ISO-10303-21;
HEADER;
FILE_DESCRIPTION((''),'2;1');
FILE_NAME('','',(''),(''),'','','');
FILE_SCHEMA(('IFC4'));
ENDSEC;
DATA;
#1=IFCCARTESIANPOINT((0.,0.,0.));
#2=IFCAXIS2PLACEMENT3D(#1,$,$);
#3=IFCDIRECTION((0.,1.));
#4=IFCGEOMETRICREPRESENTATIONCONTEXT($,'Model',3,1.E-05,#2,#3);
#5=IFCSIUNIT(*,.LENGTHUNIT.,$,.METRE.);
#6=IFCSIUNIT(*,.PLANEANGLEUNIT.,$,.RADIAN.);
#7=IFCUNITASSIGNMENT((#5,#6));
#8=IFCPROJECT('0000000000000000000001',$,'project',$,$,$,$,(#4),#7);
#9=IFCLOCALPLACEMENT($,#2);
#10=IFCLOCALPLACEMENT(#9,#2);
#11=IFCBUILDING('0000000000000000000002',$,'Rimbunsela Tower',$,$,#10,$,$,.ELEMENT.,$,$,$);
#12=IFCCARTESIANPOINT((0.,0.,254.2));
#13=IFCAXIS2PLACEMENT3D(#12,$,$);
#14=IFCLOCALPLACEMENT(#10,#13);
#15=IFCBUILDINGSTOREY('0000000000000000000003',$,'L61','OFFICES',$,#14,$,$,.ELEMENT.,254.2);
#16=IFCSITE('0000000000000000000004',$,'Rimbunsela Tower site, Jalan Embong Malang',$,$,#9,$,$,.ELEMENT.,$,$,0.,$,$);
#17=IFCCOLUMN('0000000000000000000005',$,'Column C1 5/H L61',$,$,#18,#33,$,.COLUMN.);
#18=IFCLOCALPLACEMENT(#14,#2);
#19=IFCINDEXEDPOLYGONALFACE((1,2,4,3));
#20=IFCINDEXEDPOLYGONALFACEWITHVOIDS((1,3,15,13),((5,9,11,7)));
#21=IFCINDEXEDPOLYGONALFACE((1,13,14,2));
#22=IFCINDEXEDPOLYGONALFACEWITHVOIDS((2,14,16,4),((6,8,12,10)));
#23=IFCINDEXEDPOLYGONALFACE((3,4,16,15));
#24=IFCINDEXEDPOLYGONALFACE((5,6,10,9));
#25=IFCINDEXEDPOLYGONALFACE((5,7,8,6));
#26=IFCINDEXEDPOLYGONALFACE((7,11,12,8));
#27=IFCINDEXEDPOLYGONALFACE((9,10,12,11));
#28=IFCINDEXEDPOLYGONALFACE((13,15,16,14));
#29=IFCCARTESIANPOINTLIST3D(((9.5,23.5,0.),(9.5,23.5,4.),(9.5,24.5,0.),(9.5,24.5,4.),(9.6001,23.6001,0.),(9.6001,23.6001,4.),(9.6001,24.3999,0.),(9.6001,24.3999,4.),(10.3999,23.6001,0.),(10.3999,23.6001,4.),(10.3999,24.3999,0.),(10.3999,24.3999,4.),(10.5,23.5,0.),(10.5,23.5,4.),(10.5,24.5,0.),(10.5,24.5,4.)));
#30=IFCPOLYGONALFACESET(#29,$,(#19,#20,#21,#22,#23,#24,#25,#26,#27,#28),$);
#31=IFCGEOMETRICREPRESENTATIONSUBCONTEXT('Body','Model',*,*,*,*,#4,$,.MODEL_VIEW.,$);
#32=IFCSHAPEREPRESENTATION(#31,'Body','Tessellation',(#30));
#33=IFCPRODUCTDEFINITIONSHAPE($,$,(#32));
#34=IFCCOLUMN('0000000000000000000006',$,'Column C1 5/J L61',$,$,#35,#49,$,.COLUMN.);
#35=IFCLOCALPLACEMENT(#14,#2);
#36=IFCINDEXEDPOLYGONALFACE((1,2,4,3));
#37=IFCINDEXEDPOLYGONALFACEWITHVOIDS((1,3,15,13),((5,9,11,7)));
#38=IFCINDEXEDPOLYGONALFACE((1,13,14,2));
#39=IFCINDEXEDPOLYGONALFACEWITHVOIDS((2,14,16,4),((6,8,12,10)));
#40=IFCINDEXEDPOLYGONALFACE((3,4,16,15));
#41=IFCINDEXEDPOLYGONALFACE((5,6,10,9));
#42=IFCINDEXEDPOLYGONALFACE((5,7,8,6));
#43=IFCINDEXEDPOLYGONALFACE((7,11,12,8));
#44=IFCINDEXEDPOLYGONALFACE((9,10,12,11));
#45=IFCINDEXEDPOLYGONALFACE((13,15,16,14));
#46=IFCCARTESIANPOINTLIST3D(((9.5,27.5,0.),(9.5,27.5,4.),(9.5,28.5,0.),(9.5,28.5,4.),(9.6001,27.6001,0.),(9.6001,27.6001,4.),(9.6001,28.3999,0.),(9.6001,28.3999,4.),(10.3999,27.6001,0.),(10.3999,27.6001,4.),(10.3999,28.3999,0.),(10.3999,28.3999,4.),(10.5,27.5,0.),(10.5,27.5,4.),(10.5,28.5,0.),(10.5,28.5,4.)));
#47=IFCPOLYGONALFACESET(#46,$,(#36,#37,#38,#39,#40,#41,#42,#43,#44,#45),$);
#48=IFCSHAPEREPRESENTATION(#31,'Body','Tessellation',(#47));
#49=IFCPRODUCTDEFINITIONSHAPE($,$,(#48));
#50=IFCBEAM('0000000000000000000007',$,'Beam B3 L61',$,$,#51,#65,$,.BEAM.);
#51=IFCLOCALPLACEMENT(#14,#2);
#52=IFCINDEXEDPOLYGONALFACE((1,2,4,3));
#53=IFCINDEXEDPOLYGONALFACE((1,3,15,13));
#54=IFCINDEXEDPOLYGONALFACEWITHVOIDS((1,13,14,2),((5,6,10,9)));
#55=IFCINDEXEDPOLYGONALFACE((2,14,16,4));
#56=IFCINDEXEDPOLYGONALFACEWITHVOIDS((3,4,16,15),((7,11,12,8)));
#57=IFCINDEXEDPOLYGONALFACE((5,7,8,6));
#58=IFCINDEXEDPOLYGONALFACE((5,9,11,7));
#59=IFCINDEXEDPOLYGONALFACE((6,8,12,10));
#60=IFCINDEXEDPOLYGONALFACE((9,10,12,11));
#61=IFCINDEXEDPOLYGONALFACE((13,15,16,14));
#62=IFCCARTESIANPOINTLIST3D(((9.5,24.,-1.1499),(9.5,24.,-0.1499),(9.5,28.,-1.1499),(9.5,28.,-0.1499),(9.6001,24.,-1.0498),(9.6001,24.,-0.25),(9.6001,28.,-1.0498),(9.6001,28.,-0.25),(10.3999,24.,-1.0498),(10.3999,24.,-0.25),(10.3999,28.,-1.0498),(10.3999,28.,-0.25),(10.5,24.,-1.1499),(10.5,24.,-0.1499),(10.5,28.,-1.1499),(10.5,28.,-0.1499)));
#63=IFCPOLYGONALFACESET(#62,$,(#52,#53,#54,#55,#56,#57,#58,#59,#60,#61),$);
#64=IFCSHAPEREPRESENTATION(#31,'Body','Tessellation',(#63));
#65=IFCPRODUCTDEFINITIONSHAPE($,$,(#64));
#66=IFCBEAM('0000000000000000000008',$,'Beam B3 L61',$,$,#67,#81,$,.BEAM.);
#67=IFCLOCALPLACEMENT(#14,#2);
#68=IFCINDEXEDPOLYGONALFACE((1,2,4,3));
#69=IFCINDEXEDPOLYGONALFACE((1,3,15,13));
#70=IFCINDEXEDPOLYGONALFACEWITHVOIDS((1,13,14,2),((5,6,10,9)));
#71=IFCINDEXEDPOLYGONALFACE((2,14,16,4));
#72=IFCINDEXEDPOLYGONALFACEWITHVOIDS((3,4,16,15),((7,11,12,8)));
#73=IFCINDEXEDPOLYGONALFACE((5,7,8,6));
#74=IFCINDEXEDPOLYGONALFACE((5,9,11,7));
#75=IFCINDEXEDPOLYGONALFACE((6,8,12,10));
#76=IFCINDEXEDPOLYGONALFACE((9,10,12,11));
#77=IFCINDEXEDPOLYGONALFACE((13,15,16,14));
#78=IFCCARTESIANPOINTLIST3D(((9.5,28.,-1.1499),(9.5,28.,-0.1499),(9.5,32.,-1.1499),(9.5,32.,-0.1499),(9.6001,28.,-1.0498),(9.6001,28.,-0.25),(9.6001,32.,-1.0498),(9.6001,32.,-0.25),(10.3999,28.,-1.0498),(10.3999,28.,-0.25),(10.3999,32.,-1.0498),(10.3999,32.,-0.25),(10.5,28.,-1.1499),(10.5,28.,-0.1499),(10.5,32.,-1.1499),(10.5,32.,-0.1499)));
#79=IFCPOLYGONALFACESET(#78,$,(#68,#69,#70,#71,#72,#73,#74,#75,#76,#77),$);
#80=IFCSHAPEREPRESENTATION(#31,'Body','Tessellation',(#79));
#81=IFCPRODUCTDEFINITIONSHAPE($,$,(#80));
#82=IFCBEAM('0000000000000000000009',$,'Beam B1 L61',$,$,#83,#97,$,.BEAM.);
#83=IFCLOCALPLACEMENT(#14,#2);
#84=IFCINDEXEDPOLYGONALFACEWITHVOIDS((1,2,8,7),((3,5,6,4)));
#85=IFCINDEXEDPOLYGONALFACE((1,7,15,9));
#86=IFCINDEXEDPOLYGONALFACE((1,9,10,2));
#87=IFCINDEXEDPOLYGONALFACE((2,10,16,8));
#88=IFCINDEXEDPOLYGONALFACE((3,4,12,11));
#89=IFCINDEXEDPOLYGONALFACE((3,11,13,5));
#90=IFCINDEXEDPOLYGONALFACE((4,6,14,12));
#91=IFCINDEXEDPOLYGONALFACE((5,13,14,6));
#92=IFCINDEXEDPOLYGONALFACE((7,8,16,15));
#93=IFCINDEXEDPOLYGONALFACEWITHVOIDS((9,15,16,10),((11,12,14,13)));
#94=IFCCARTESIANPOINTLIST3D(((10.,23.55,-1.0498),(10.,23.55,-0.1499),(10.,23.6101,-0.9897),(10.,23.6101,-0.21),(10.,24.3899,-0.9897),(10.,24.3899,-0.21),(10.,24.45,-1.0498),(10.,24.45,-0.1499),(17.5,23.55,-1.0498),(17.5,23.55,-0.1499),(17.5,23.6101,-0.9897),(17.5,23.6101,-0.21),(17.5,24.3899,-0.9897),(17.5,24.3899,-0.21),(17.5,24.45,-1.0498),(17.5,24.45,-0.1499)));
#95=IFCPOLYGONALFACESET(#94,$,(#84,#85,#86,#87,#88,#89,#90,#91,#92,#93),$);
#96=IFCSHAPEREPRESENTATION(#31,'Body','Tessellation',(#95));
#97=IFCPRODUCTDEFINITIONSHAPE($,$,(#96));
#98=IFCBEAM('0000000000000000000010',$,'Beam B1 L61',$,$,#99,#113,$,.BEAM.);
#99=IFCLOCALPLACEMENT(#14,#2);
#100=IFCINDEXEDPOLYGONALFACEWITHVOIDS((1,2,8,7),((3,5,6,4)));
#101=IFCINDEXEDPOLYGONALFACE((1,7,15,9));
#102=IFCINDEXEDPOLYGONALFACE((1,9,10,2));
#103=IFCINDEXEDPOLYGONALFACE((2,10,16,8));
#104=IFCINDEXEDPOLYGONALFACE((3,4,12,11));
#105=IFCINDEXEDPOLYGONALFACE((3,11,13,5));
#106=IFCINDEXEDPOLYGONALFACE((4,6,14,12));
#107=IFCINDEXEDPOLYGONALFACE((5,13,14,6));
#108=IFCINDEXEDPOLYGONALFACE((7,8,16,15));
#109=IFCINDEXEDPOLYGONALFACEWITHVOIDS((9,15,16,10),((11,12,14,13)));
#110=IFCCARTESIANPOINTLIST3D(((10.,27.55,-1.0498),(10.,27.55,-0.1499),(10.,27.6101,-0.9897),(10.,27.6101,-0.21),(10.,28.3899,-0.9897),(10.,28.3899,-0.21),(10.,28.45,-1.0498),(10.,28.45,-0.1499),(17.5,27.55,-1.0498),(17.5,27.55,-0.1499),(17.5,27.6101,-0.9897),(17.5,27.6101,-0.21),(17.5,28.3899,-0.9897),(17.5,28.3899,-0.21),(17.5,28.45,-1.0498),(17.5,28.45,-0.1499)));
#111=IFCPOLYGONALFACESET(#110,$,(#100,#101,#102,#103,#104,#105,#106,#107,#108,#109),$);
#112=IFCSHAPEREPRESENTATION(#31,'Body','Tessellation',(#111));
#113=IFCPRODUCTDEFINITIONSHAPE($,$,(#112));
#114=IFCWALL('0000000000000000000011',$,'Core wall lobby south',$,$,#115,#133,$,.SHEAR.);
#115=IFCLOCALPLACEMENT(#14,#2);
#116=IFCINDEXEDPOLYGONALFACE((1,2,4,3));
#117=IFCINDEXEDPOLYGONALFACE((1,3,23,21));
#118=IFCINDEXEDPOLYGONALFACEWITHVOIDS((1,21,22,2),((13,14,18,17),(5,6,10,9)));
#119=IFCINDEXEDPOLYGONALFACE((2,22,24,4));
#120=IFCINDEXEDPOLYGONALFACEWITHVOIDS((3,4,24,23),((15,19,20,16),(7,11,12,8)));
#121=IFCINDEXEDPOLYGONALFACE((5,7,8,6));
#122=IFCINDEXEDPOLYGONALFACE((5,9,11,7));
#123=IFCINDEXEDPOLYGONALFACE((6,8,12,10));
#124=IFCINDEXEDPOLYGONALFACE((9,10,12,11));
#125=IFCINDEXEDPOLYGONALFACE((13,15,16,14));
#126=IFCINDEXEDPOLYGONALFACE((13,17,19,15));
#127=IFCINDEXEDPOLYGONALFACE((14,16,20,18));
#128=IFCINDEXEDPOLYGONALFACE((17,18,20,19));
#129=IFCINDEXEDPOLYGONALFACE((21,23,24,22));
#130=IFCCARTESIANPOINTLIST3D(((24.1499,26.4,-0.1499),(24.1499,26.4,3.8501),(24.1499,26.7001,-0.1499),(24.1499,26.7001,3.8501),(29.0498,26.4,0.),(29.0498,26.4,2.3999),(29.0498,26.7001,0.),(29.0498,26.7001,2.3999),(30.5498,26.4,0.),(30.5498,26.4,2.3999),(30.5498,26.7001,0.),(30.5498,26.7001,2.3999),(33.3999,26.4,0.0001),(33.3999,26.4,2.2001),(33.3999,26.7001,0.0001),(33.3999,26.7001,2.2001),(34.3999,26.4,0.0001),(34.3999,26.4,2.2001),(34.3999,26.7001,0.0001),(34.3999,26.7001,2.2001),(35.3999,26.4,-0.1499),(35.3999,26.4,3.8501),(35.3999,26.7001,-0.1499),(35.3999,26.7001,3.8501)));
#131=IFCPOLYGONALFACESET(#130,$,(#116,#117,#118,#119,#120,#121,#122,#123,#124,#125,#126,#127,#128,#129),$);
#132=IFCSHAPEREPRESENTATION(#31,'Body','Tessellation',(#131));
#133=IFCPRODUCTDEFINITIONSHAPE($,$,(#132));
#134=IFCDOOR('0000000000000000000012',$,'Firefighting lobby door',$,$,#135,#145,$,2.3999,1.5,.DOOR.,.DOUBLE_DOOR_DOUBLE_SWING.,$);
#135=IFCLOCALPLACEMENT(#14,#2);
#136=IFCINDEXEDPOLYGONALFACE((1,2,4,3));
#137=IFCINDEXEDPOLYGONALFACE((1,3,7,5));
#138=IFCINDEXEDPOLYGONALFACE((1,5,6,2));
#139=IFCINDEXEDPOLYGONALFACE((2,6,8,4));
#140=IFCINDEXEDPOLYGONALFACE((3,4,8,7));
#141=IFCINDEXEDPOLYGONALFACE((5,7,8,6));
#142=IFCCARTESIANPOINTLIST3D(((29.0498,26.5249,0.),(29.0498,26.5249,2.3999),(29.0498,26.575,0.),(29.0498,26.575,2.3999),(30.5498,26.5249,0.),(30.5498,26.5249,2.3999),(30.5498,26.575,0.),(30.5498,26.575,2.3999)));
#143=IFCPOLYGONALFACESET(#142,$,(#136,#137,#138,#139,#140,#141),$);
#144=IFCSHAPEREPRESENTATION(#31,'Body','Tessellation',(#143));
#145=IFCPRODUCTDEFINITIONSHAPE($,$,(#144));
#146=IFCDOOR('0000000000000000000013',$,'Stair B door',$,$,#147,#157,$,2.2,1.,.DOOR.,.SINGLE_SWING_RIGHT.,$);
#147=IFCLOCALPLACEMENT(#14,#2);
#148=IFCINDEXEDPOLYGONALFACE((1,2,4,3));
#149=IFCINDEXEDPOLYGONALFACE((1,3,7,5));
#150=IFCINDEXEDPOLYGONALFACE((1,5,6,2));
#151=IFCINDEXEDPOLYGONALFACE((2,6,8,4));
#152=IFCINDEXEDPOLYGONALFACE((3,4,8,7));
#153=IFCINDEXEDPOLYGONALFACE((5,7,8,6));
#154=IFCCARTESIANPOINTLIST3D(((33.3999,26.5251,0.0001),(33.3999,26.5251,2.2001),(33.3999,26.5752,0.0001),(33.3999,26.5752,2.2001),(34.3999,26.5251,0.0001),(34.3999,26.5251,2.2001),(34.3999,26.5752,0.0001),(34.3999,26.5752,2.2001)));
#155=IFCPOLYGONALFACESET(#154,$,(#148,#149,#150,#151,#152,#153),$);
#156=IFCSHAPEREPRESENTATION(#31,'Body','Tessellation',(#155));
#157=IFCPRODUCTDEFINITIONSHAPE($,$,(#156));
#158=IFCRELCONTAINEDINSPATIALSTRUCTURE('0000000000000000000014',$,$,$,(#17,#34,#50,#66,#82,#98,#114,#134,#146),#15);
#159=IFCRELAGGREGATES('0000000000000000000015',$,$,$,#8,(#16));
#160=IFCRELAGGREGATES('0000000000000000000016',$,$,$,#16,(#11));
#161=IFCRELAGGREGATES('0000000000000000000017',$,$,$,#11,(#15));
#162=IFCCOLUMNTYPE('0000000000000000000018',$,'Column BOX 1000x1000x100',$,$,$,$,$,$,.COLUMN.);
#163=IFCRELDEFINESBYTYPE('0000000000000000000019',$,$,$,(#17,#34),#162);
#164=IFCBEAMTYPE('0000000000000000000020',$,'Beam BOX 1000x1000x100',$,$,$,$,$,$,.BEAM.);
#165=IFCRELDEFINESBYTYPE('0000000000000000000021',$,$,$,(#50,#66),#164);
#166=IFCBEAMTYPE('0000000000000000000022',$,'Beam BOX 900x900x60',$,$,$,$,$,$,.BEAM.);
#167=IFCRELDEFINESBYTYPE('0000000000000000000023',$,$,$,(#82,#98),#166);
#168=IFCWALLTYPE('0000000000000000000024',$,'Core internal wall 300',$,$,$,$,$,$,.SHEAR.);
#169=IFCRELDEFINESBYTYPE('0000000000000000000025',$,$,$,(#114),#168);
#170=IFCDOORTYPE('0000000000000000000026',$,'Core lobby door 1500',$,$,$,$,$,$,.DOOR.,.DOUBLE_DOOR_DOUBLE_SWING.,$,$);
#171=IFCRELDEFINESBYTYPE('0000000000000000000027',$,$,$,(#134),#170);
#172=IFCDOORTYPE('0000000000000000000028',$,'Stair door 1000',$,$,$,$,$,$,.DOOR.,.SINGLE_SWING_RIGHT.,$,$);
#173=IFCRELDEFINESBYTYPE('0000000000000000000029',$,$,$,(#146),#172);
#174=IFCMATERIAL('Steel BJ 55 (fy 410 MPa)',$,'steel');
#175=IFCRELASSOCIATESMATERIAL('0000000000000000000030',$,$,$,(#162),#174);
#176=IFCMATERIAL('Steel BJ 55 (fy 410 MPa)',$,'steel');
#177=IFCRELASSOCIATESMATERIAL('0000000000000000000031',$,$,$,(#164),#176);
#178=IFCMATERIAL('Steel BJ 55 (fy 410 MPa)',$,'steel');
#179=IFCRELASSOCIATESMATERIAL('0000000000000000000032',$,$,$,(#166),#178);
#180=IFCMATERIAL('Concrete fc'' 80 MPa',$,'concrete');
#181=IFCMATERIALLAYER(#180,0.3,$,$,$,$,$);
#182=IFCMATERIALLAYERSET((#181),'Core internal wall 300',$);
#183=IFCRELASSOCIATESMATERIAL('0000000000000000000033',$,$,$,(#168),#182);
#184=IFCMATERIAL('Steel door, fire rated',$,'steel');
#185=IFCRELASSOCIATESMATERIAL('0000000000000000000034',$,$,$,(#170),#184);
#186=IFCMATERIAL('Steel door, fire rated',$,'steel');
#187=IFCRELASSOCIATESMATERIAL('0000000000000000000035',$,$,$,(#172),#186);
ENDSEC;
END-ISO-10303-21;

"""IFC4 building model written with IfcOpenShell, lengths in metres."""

from ifc_helpers import new_model, si_unit, direction, frame, frame_2d, origin, origin_2d, place, context, subcontext, project, spatial, rectangle, hollow_rectangle, extrude, material, layer, layer_set, material_profile, profile_set, type_object, element, fill, save


model = new_model("IFC4")

# Units and contexts
model_context = context("Model", 3, precision=1e-05, world=origin(), true_north=direction((0.0, 1.0)))
body_context = subcontext(model_context, "Body", "Model", "MODEL_VIEW")
ifc_project = project(units=[si_unit("LENGTHUNIT", "METRE"), si_unit("PLANEANGLEUNIT", "RADIAN")], contexts=[model_context])

# Site, building, storey
site_placement = place(None, origin())
site = spatial("IfcSite", under=ifc_project, at=site_placement, Name="Rimbunsela Tower site, Jalan Embong Malang", CompositionType="ELEMENT", RefElevation=0.0)
building_placement = place(site_placement, origin())
building = spatial("IfcBuilding", under=site, at=building_placement, Name="Rimbunsela Tower", CompositionType="ELEMENT")
storey_placement = place(building_placement, frame((0.0, 0.0, 254.2)))
storey = spatial("IfcBuildingStorey", under=building, at=storey_placement, Name="L61", Description="OFFICES", CompositionType="ELEMENT", Elevation=254.2)

# Columns
ifc_material_1 = material(Name="Steel BJ 55 (fy 410 MPa)", Category="steel")
ifc_material_profile_1 = material_profile(ifc_material_1, hollow_rectangle(XDim=1.0, YDim=1.0, WallThickness=0.1001, at=origin_2d()), Name="BOX 1000x1000x100")
ifc_profile_set_1 = profile_set([ifc_material_profile_1], Name="Steel BJ 55 (fy 410 MPa)")
column_type = type_object("IfcColumnType", Name="Column BOX 1000x1000x100", PredefinedType="COLUMN", material=ifc_profile_set_1)
for number, where, z_axis, x_axis, name in (
    (1, (10.0, 24.0, 0.0), (0.0, 0.0, 1.0), (1.0, 0.0, 0.0), "Column C1 5/H L61"),
    (2, (10.0, 28.0, 0.0), (0.0, 0.0, 1.0), (1.0, 0.0, 0.0), "Column C1 5/J L61"),
):
    element("IfcColumn", number, at=place(storey_placement, frame(where, z_axis=z_axis, x_axis=x_axis)), inside=storey, type_object=column_type, Name=name, PredefinedType="COLUMN", context=body_context, shape_type="SweptSolid", body=[
        extrude(hollow_rectangle(XDim=1.0, YDim=1.0, WallThickness=0.1001, at=origin_2d()), origin(), (0.0, 0.0, 1.0), 4.0),
    ])

# Beams
ifc_material_2 = material(Name="Steel BJ 55 (fy 410 MPa)", Category="steel")
ifc_material_profile_2 = material_profile(ifc_material_2, hollow_rectangle(XDim=1.0, YDim=1.0, WallThickness=0.1001, at=origin_2d()), Name="BOX 1000x1000x100")
ifc_profile_set_2 = profile_set([ifc_material_profile_2], Name="Steel BJ 55 (fy 410 MPa)")
beam_type_1 = type_object("IfcBeamType", Name="Beam BOX 1000x1000x100", PredefinedType="BEAM", material=ifc_profile_set_2)
for number, where, z_axis, x_axis, name in (
    (3, (10.0, 24.0, -0.6499), (0.0, 1.0, 0.0), (-1.0, 0.0, 0.0), "Beam B3 L61"),
    (4, (10.0, 28.0, -0.6499), (0.0, 1.0, 0.0), (-1.0, 0.0, 0.0), "Beam B3 L61"),
):
    element("IfcBeam", number, at=place(storey_placement, frame(where, z_axis=z_axis, x_axis=x_axis)), inside=storey, type_object=beam_type_1, Name=name, PredefinedType="BEAM", context=body_context, shape_type="SweptSolid", body=[
        extrude(hollow_rectangle(XDim=1.0, YDim=1.0, WallThickness=0.1001, at=origin_2d()), origin(), (0.0, 0.0, 1.0), 4.0),
    ])
ifc_material_3 = material(Name="Steel BJ 55 (fy 410 MPa)", Category="steel")
ifc_material_profile_3 = material_profile(ifc_material_3, hollow_rectangle(XDim=0.8999, YDim=0.8999, WallThickness=0.0601, at=origin_2d()), Name="BOX 900x900x60")
ifc_profile_set_3 = profile_set([ifc_material_profile_3], Name="Steel BJ 55 (fy 410 MPa)")
beam_type_2 = type_object("IfcBeamType", Name="Beam BOX 900x900x60", PredefinedType="BEAM", material=ifc_profile_set_3)
for number, where, z_axis, x_axis, name in (
    (5, (10.0, 24.0, -0.5999), (1.0, 0.0, 0.0), (0.0, 1.0, 0.0), "Beam B1 L61"),
    (6, (10.0, 28.0, -0.5999), (1.0, 0.0, 0.0), (0.0, 1.0, 0.0), "Beam B1 L61"),
):
    element("IfcBeam", number, at=place(storey_placement, frame(where, z_axis=z_axis, x_axis=x_axis)), inside=storey, type_object=beam_type_2, Name=name, PredefinedType="BEAM", context=body_context, shape_type="SweptSolid", body=[
        extrude(hollow_rectangle(XDim=0.8999, YDim=0.8999, WallThickness=0.0601, at=origin_2d()), origin(), (0.0, 0.0, 1.0), 7.5),
    ])

# Wall, openings, doors
ifc_material_4 = material(Name="Concrete fc' 80 MPa", Category="concrete")
ifc_layer_1 = layer(ifc_material_4, 0.3)
ifc_layer_set_1 = layer_set([ifc_layer_1], Name="Core internal wall 300")
wall_type_1 = type_object("IfcWallType", Name="Core internal wall 300", PredefinedType="SHEAR", material=ifc_layer_set_1)
wall_1_placement = place(storey_placement, frame((24.1499, 26.55, -0.1499), z_axis=(0.0, 0.0, 1.0), x_axis=(1.0, 0.0, 0.0)))
wall_1 = element("IfcWall", 7, at=wall_1_placement, inside=storey, type_object=wall_type_1, Name="Core wall lobby south", PredefinedType="SHEAR", context=body_context, shape_type="SweptSolid", body=[
    extrude(rectangle(XDim=11.25, YDim=0.3, at=frame_2d((5.625, 0.0))), origin(), (0.0, 0.0, 1.0), 4.0),
])
opening_1_placement = place(wall_1_placement, frame((9.25, 0.0, 0.1499)))
opening_1 = element("IfcOpeningElement", 8, at=opening_1_placement, cuts=wall_1, PredefinedType="OPENING", context=body_context, shape_type="SweptSolid", body=[
    extrude(rectangle(XDim=1.0, YDim=2.2, at=frame_2d((0.5, 1.1001))), frame((0.0, 0.1599, 0.0), z_axis=(0.0, -1.0, 0.0), x_axis=(1.0, 0.0, 0.0)), (0.0, 0.0, 1.0), 0.3201),
])
opening_2_placement = place(wall_1_placement, frame((4.8999, 0.0, 0.1499)))
opening_2 = element("IfcOpeningElement", 9, at=opening_2_placement, cuts=wall_1, PredefinedType="OPENING", context=body_context, shape_type="SweptSolid", body=[
    extrude(rectangle(XDim=1.5, YDim=2.3999, at=frame_2d((0.75, 1.2))), frame((0.0, 0.1599, 0.0), z_axis=(0.0, -1.0, 0.0), x_axis=(1.0, 0.0, 0.0)), (0.0, 0.0, 1.0), 0.3201),
])
ifc_material_5 = material(Name="Steel door, fire rated", Category="steel")
door_type_1 = type_object("IfcDoorType", Name="Core lobby door 1500", OperationType="DOUBLE_DOOR_DOUBLE_SWING", PredefinedType="DOOR", material=ifc_material_5)
door_1_placement = place(opening_2_placement, origin())
door_1 = element("IfcDoor", 10, at=door_1_placement, inside=storey, type_object=door_type_1, Name="Firefighting lobby door", OperationType="DOUBLE_DOOR_DOUBLE_SWING", OverallHeight=2.3999, OverallWidth=1.5, PredefinedType="DOOR", context=body_context, shape_type="SweptSolid", body=[
    extrude(rectangle(XDim=1.5, YDim=2.3999, at=frame_2d((0.75, 1.2))), frame((0.0, 0.0249, 0.0), z_axis=(0.0, -1.0, 0.0), x_axis=(1.0, 0.0, 0.0)), (0.0, 0.0, 1.0), 0.05),
])
fill(opening_2, door_1)
ifc_material_6 = material(Name="Steel door, fire rated", Category="steel")
door_type_2 = type_object("IfcDoorType", Name="Stair door 1000", OperationType="SINGLE_SWING_RIGHT", PredefinedType="DOOR", material=ifc_material_6)
door_2_placement = place(opening_1_placement, frame((1.0, 0.0, 0.0), z_axis=(0.0, 0.0, 1.0), x_axis=(-1.0, 0.0, 0.0)))
door_2 = element("IfcDoor", 11, at=door_2_placement, inside=storey, type_object=door_type_2, Name="Stair B door", OperationType="SINGLE_SWING_RIGHT", OverallHeight=2.2, OverallWidth=1.0, PredefinedType="DOOR", context=body_context, shape_type="SweptSolid", body=[
    extrude(rectangle(XDim=1.0, YDim=2.2, at=frame_2d((0.5, 1.1001))), frame((0.0, 0.0249, 0.0), z_axis=(0.0, -1.0, 0.0), x_axis=(1.0, 0.0, 0.0)), (0.0, 0.0, 1.0), 0.05),
])
fill(opening_1, door_2)

save(model, "model.ifc")
